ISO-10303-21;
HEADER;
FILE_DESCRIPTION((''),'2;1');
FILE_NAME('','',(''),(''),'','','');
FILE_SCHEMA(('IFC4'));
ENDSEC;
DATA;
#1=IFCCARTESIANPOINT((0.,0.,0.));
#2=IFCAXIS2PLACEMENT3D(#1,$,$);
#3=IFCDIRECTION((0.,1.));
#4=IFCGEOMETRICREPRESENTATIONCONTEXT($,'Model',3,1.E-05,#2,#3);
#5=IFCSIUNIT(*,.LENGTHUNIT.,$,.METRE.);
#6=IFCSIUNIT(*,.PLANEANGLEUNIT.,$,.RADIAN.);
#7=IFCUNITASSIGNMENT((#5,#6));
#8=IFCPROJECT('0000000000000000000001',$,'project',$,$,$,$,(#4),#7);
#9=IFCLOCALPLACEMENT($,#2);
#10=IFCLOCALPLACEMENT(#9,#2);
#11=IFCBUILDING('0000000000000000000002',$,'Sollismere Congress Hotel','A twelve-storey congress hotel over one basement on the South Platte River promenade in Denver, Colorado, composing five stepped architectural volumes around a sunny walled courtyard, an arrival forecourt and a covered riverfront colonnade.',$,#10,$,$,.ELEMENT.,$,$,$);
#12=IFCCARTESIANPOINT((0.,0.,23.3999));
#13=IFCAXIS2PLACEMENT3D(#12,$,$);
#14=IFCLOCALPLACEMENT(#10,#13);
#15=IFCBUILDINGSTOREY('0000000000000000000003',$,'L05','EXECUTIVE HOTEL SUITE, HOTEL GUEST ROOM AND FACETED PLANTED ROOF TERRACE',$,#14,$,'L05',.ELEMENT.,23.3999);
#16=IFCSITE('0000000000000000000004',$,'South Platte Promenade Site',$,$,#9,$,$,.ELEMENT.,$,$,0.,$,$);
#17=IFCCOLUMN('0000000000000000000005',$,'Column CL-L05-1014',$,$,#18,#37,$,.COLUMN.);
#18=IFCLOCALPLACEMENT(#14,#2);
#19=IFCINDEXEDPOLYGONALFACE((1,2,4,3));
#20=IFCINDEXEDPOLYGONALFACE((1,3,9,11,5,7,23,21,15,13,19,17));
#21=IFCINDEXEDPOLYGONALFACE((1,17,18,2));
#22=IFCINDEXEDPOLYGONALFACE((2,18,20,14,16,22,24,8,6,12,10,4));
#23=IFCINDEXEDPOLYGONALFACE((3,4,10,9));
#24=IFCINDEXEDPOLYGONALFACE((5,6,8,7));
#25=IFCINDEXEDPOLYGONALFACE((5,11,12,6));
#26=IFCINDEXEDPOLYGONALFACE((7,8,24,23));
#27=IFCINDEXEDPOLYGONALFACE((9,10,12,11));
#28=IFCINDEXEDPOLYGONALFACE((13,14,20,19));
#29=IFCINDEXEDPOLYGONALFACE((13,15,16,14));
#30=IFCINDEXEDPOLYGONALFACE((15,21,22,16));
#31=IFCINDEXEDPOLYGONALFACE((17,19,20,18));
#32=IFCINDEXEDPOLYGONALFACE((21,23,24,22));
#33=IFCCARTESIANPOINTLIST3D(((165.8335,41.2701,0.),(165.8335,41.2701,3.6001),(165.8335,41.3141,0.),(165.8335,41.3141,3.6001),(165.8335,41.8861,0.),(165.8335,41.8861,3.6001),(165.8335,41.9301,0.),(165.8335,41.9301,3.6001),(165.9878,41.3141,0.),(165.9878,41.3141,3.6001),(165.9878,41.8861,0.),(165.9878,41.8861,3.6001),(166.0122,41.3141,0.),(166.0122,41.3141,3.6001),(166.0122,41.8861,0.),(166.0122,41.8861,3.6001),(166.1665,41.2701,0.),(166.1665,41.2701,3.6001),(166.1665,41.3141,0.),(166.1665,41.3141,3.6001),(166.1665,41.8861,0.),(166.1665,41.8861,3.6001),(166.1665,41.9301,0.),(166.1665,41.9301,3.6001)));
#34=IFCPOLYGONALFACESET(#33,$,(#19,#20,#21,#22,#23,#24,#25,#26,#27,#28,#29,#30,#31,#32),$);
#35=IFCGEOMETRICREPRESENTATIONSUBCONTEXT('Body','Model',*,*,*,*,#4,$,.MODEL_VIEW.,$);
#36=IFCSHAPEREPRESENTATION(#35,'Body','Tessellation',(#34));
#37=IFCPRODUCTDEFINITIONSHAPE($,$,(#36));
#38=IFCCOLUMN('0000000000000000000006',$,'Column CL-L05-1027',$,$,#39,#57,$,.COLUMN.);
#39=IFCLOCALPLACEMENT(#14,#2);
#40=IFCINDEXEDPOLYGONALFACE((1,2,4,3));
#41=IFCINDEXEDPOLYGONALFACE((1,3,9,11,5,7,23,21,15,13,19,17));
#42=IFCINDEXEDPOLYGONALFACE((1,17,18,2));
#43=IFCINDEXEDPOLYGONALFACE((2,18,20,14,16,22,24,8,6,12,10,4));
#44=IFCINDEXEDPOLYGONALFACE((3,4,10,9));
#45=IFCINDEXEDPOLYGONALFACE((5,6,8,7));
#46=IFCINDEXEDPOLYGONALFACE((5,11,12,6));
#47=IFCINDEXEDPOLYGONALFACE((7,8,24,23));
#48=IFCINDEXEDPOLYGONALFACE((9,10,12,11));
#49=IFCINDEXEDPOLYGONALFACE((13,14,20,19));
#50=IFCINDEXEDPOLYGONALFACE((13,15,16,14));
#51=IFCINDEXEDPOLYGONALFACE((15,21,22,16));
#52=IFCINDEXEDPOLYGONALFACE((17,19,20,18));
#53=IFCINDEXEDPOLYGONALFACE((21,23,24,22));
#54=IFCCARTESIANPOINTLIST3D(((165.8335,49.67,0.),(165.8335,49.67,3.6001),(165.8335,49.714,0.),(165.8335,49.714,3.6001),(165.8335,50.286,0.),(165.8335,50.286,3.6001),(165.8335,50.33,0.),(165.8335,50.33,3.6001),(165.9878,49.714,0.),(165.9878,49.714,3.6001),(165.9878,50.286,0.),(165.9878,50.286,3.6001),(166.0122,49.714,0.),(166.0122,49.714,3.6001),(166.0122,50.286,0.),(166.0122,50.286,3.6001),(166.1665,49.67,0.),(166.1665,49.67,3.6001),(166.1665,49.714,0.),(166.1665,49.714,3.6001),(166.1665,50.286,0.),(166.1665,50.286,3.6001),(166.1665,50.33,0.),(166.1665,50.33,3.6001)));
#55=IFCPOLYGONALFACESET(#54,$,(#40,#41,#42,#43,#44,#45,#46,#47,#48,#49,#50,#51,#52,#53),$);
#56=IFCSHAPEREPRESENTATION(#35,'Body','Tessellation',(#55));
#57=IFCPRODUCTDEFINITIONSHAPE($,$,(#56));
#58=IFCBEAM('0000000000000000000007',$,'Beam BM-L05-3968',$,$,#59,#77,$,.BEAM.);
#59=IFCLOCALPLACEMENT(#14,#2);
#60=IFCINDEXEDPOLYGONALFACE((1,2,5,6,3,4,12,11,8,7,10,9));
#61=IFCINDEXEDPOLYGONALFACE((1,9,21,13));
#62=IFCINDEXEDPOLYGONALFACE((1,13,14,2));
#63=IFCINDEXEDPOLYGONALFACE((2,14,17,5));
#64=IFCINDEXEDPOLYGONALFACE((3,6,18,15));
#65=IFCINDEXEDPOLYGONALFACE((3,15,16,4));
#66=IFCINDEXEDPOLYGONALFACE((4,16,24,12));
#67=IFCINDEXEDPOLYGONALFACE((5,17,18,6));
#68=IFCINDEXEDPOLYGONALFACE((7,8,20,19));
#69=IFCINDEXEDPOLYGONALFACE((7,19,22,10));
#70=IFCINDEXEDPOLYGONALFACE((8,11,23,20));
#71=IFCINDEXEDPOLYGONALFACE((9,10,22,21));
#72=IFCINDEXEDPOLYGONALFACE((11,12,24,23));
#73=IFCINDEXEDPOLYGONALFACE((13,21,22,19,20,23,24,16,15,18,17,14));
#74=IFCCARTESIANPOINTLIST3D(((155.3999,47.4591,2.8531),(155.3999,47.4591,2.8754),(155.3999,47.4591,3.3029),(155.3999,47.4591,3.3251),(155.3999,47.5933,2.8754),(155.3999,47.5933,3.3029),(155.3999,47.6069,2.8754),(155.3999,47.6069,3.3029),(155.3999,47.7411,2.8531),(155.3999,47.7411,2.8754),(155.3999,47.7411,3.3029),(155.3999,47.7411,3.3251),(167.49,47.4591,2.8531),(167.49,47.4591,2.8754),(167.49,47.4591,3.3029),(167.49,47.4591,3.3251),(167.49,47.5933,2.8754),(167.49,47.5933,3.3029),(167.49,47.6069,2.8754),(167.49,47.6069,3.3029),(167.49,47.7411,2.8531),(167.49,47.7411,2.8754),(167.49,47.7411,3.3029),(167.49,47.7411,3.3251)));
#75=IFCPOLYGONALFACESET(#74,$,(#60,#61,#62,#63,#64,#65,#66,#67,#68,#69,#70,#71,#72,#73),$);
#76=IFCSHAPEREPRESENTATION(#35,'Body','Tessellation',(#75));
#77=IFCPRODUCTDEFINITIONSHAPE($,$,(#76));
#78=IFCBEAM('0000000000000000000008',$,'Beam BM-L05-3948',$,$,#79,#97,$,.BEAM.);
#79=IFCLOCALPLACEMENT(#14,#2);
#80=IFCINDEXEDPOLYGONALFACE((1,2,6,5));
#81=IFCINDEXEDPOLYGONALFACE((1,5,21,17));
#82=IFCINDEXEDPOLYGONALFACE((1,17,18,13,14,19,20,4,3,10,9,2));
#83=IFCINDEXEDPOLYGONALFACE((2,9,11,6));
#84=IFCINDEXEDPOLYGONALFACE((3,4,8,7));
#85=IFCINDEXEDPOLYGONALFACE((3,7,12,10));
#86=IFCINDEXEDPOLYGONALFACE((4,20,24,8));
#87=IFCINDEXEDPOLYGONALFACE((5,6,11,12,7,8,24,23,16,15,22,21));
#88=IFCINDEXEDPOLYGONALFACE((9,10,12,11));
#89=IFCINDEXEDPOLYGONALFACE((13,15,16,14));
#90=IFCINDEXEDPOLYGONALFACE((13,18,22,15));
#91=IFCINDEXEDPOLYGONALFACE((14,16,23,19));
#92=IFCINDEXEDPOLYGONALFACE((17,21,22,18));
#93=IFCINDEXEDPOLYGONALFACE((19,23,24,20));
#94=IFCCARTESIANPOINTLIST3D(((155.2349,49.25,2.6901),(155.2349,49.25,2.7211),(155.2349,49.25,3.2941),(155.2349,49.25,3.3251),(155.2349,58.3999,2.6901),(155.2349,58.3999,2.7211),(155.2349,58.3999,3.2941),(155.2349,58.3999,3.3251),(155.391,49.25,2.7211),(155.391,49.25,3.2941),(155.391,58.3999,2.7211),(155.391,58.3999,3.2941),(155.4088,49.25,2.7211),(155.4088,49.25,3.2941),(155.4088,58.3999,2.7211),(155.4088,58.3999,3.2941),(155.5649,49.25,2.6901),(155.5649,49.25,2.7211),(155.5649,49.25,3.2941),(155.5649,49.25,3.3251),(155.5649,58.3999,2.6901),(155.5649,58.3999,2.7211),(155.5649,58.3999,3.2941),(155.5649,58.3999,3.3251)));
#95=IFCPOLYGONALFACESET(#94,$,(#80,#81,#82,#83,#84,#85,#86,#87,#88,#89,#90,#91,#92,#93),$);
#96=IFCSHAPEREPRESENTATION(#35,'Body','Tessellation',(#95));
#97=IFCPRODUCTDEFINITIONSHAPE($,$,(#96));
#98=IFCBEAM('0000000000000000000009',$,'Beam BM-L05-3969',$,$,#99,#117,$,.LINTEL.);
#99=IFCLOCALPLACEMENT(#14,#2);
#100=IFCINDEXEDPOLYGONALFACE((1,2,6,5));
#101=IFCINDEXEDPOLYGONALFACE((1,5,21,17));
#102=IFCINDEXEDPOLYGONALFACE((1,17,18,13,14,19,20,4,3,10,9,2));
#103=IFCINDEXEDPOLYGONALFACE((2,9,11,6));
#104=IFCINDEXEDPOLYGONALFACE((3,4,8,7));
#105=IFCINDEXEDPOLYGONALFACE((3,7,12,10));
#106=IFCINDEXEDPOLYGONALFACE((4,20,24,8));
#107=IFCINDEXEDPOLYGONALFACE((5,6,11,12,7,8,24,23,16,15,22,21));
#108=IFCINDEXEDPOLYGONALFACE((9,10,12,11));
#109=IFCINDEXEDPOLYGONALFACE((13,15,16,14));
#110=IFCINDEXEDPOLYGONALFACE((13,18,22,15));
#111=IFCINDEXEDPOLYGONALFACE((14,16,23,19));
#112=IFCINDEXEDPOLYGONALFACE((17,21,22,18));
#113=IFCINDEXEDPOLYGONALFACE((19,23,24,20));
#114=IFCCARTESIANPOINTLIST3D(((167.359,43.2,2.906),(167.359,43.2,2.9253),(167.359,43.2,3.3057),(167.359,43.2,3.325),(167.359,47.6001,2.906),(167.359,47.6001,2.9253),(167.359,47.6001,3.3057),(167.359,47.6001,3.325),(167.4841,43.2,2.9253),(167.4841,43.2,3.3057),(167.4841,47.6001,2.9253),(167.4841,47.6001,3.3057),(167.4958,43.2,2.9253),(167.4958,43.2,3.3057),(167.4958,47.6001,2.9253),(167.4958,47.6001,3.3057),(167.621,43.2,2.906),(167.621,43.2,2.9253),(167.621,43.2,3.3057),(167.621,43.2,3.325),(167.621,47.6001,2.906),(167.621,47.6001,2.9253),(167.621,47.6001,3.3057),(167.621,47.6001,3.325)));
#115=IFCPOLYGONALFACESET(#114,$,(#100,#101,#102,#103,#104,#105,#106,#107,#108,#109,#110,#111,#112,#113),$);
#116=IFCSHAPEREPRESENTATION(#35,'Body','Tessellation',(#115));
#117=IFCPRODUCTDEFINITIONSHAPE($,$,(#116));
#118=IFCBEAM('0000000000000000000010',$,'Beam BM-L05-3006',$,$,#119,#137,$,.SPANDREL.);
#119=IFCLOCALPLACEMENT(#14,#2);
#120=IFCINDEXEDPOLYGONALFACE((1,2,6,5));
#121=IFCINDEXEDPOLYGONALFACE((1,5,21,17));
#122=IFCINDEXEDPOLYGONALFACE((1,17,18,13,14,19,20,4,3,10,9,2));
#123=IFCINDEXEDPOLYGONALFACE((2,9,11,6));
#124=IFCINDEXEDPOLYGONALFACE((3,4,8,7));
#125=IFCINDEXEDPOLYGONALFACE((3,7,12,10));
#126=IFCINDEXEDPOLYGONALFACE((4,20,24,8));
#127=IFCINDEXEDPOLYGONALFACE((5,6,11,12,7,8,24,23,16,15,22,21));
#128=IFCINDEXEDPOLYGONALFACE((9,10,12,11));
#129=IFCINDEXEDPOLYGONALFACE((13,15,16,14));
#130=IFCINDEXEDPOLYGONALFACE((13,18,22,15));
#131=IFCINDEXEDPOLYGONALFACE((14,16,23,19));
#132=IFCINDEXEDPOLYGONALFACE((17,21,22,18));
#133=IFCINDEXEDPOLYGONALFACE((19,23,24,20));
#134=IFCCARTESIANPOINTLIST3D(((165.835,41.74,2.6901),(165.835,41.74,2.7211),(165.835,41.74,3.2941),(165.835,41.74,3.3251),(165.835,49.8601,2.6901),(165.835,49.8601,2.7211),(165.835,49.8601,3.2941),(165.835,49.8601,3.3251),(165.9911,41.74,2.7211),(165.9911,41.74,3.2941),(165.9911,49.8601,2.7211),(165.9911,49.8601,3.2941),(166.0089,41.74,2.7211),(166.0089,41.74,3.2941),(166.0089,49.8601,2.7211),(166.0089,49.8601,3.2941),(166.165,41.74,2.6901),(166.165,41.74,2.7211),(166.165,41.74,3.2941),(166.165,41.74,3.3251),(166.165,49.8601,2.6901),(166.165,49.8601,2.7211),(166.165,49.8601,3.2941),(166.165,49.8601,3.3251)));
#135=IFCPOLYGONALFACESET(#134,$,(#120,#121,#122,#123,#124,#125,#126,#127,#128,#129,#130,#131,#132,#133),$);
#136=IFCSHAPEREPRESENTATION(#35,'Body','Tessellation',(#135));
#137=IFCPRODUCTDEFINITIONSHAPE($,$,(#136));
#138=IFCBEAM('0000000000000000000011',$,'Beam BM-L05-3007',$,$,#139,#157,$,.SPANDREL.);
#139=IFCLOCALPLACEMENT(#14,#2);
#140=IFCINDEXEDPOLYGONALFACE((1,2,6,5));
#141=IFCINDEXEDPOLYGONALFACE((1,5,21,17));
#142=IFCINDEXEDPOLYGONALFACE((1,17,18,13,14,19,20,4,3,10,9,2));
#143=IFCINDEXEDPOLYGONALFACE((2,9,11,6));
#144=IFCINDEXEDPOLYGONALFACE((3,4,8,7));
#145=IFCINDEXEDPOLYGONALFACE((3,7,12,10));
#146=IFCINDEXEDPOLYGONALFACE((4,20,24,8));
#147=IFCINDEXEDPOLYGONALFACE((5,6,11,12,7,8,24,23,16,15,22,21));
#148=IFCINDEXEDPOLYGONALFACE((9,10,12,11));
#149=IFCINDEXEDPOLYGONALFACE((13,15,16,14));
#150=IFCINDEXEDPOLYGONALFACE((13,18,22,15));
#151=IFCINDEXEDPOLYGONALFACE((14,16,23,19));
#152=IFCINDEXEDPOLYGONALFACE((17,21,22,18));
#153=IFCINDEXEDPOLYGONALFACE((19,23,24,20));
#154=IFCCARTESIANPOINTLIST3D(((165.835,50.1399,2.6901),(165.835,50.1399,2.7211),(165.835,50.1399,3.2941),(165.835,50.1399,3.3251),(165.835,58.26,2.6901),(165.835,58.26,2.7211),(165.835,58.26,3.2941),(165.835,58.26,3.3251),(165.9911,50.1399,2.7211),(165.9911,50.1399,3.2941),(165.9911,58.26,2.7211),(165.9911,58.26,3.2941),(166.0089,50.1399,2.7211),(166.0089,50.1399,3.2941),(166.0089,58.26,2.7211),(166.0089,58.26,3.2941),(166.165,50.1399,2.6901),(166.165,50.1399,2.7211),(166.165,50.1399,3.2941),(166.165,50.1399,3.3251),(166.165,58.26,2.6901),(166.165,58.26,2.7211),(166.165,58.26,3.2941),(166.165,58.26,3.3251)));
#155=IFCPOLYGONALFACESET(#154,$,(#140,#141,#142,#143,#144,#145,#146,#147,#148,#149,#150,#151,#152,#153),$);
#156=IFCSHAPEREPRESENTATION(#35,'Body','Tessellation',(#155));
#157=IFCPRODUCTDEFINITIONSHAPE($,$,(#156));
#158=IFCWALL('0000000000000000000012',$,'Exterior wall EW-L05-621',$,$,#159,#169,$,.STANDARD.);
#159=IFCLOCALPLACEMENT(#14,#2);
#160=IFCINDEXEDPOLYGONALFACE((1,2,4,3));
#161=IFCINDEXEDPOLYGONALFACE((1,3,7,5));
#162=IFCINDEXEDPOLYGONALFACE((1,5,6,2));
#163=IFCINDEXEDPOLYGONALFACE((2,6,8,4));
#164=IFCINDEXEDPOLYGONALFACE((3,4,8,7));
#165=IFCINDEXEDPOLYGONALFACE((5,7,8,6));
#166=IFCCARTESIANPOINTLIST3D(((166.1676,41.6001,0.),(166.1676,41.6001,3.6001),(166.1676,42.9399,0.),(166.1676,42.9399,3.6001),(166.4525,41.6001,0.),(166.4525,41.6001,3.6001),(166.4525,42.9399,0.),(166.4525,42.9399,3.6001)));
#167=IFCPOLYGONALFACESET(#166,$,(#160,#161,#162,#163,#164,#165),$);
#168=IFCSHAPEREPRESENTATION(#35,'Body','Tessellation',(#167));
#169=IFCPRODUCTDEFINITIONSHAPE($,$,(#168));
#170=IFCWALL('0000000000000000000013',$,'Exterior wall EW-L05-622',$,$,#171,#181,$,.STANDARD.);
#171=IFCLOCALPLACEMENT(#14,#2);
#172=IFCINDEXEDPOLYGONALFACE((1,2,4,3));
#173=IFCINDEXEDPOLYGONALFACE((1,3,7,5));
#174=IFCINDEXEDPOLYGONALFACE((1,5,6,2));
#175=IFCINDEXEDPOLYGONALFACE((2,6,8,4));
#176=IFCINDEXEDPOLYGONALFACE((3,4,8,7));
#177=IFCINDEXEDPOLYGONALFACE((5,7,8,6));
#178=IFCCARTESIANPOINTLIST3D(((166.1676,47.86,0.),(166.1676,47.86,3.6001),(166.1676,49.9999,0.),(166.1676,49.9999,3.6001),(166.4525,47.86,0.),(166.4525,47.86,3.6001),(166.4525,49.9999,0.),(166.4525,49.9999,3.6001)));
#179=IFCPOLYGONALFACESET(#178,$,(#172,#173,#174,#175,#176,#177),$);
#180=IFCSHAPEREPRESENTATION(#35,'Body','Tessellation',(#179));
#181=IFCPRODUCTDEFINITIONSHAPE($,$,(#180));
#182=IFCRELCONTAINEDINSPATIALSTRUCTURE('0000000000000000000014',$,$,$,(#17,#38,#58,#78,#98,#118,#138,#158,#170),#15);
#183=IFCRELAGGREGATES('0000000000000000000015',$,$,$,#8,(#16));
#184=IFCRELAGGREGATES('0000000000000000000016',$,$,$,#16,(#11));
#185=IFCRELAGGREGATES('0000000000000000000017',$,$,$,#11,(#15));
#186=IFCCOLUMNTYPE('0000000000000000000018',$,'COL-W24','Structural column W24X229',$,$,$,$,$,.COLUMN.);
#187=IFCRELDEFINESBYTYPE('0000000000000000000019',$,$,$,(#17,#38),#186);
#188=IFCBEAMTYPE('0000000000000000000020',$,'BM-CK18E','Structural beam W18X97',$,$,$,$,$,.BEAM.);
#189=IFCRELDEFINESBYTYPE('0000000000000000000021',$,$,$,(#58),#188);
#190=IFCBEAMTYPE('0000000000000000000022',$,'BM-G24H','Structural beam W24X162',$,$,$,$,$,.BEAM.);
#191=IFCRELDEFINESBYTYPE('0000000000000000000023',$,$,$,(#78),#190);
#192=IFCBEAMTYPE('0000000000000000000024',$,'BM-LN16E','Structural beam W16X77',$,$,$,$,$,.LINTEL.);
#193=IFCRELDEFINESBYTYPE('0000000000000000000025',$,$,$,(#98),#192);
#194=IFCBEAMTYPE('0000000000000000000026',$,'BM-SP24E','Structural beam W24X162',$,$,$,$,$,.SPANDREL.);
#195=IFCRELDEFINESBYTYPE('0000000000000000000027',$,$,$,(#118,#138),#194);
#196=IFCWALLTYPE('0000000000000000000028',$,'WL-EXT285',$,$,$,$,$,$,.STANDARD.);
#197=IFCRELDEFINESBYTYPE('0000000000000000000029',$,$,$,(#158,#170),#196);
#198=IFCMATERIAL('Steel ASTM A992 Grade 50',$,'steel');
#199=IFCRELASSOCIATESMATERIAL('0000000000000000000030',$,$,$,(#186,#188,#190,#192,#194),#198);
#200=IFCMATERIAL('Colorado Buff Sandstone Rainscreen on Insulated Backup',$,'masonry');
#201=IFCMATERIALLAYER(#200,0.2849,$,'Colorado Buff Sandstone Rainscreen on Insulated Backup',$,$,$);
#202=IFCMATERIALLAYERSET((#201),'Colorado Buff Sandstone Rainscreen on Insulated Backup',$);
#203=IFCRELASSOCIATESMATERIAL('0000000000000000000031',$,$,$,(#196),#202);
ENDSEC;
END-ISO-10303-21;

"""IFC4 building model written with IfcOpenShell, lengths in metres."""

from ifc_helpers import new_model, si_unit, direction, frame, frame_2d, origin, origin_2d, place, context, subcontext, project, spatial, rectangle, i_section, extrude, material, layer, layer_set, material_profile, profile_set, type_object, element, save


model = new_model("IFC4")

# Units and contexts
model_context = context("Model", 3, precision=1e-05, world=origin(), true_north=direction((0.0, 1.0)))
body_context = subcontext(model_context, "Body", "Model", "MODEL_VIEW")
ifc_project = project(units=[si_unit("LENGTHUNIT", "METRE"), si_unit("PLANEANGLEUNIT", "RADIAN")], contexts=[model_context])

# Site, building, storey
site_placement = place(None, origin())
site = spatial("IfcSite", under=ifc_project, at=site_placement, Name="South Platte Promenade Site", CompositionType="ELEMENT", RefElevation=0.0)
building_placement = place(site_placement, origin())
building = spatial("IfcBuilding", under=site, at=building_placement, Name="Sollismere Congress Hotel", Description="A twelve-storey congress hotel over one basement on the South Platte River promenade in Denver, Colorado, composing five stepped architectural volumes around a sunny walled courtyard, an arrival forecourt and a covered riverfront colonnade.", CompositionType="ELEMENT")
storey_placement = place(building_placement, frame((0.0, 0.0, 23.3999)))
storey = spatial("IfcBuildingStorey", under=building, at=storey_placement, Name="L05", Description="EXECUTIVE HOTEL SUITE, HOTEL GUEST ROOM AND FACETED PLANTED ROOF TERRACE", LongName="L05", CompositionType="ELEMENT", Elevation=23.3999)

# Columns
ifc_material_1 = material(Name="Steel ASTM A992 Grade 50", Category="steel")
ifc_material_profile_1 = material_profile(ifc_material_1, i_section(OverallWidth=0.333, OverallDepth=0.6599, WebThickness=0.0244, FlangeThickness=0.0439, at=origin_2d()), Name="W24X229")
ifc_profile_set_1 = profile_set([ifc_material_profile_1], Name="Steel ASTM A992 Grade 50")
column_type = type_object("IfcColumnType", Name="COL-W24", Description="Structural column W24X229", PredefinedType="COLUMN", material=ifc_profile_set_1)
for number, where, z_axis, x_axis, name in (
    (1, (166.0, 41.6001, 0.0), (0.0, 0.0, 1.0), (1.0, 0.0, 0.0), "Column CL-L05-1014"),
    (2, (166.0, 50.0, 0.0), (0.0, 0.0, 1.0), (1.0, 0.0, 0.0), "Column CL-L05-1027"),
):
    element("IfcColumn", number, at=place(storey_placement, frame(where, z_axis=z_axis, x_axis=x_axis)), inside=storey, type_object=column_type, Name=name, PredefinedType="COLUMN", context=body_context, shape_type="SweptSolid", body=[
        extrude(i_section(OverallWidth=0.333, OverallDepth=0.6599, WebThickness=0.0244, FlangeThickness=0.0439, at=origin_2d()), origin(), (0.0, 0.0, 1.0), 3.6001),
    ])

# Beams
ifc_material_profile_2 = material_profile(ifc_material_1, i_section(OverallWidth=0.282, OverallDepth=0.4719, WebThickness=0.0137, FlangeThickness=0.0222, at=origin_2d()), Name="W18X97")
ifc_profile_set_2 = profile_set([ifc_material_profile_2], Name="Steel ASTM A992 Grade 50")
beam_type_1 = type_object("IfcBeamType", Name="BM-CK18E", Description="Structural beam W18X97", PredefinedType="BEAM", material=ifc_profile_set_2)
beam_1_placement = place(storey_placement, frame((155.3999, 47.6001, 3.0891), z_axis=(1.0, 0.0, 0.0), x_axis=(0.0, 1.0, 0.0)))
element("IfcBeam", 3, at=beam_1_placement, inside=storey, type_object=beam_type_1, Name="Beam BM-L05-3968", PredefinedType="BEAM", context=body_context, shape_type="SweptSolid", body=[
    extrude(i_section(OverallWidth=0.282, OverallDepth=0.4719, WebThickness=0.0137, FlangeThickness=0.0222, at=origin_2d()), origin(), (0.0, 0.0, 1.0), 12.0901),
])
ifc_material_profile_3 = material_profile(ifc_material_1, i_section(OverallWidth=0.3301, OverallDepth=0.635, WebThickness=0.0178, FlangeThickness=0.031, at=origin_2d()), Name="W24X162")
ifc_profile_set_3 = profile_set([ifc_material_profile_3], Name="Steel ASTM A992 Grade 50")
beam_type_2 = type_object("IfcBeamType", Name="BM-G24H", Description="Structural beam W24X162", PredefinedType="BEAM", material=ifc_profile_set_3)
beam_2_placement = place(storey_placement, frame((155.3999, 49.25, 3.0076), z_axis=(0.0, 1.0, 0.0), x_axis=(-1.0, 0.0, 0.0)))
element("IfcBeam", 4, at=beam_2_placement, inside=storey, type_object=beam_type_2, Name="Beam BM-L05-3948", PredefinedType="BEAM", context=body_context, shape_type="SweptSolid", body=[
    extrude(i_section(OverallWidth=0.3301, OverallDepth=0.635, WebThickness=0.0178, FlangeThickness=0.031, at=origin_2d()), origin(), (0.0, 0.0, 1.0), 9.1499),
])
ifc_material_profile_4 = material_profile(ifc_material_1, i_section(OverallWidth=0.262, OverallDepth=0.4189, WebThickness=0.0117, FlangeThickness=0.0193, at=origin_2d()), Name="W16X77")
ifc_profile_set_4 = profile_set([ifc_material_profile_4], Name="Steel ASTM A992 Grade 50")
beam_type_3 = type_object("IfcBeamType", Name="BM-LN16E", Description="Structural beam W16X77", PredefinedType="LINTEL", material=ifc_profile_set_4)
beam_3_placement = place(storey_placement, frame((167.49, 43.2, 3.1155), z_axis=(0.0, 1.0, 0.0), x_axis=(-1.0, 0.0, 0.0)))
element("IfcBeam", 5, at=beam_3_placement, inside=storey, type_object=beam_type_3, Name="Beam BM-L05-3969", PredefinedType="LINTEL", context=body_context, shape_type="SweptSolid", body=[
    extrude(i_section(OverallWidth=0.262, OverallDepth=0.4189, WebThickness=0.0117, FlangeThickness=0.0193, at=origin_2d()), origin(), (0.0, 0.0, 1.0), 4.4001),
])
ifc_material_profile_5 = material_profile(ifc_material_1, i_section(OverallWidth=0.3301, OverallDepth=0.635, WebThickness=0.0178, FlangeThickness=0.031, at=origin_2d()), Name="W24X162")
ifc_profile_set_5 = profile_set([ifc_material_profile_5], Name="Steel ASTM A992 Grade 50")
beam_type_4 = type_object("IfcBeamType", Name="BM-SP24E", Description="Structural beam W24X162", PredefinedType="SPANDREL", material=ifc_profile_set_5)
for number, where, z_axis, x_axis, name in (
    (6, (166.0, 41.74, 3.0076), (0.0, 1.0, 0.0), (-1.0, 0.0, 0.0), "Beam BM-L05-3006"),
    (7, (166.0, 50.1399, 3.0076), (0.0, 1.0, 0.0), (-1.0, 0.0, 0.0), "Beam BM-L05-3007"),
):
    element("IfcBeam", number, at=place(storey_placement, frame(where, z_axis=z_axis, x_axis=x_axis)), inside=storey, type_object=beam_type_4, Name=name, PredefinedType="SPANDREL", context=body_context, shape_type="SweptSolid", body=[
        extrude(i_section(OverallWidth=0.3301, OverallDepth=0.635, WebThickness=0.0178, FlangeThickness=0.031, at=origin_2d()), origin(), (0.0, 0.0, 1.0), 8.1201),
    ])

# Walls
ifc_material_2 = material(Name="Colorado Buff Sandstone Rainscreen on Insulated Backup", Category="masonry")
ifc_layer_1 = layer(ifc_material_2, 0.2849, Name="Colorado Buff Sandstone Rainscreen on Insulated Backup")
ifc_layer_set_1 = layer_set([ifc_layer_1], Name="Colorado Buff Sandstone Rainscreen on Insulated Backup")
wall_type_1 = type_object("IfcWallType", Name="WL-EXT285", PredefinedType="STANDARD", material=ifc_layer_set_1)
wall_1_placement = place(storey_placement, frame((166.3101, 41.6001, 0.0), z_axis=(0.0, 0.0, 1.0), x_axis=(0.0, 1.0, 0.0)))
element("IfcWall", 8, at=wall_1_placement, inside=storey, type_object=wall_type_1, Name="Exterior wall EW-L05-621", PredefinedType="STANDARD", context=body_context, shape_type="SweptSolid", body=[
    extrude(rectangle(XDim=1.3398, YDim=0.2849, at=frame_2d((0.6699, 0.0))), origin(), (0.0, 0.0, 1.0), 3.6001),
])
wall_2_placement = place(storey_placement, frame((166.3101, 47.8601, 0.0), z_axis=(0.0, 0.0, 1.0), x_axis=(0.0, 1.0, 0.0)))
element("IfcWall", 9, at=wall_2_placement, inside=storey, type_object=wall_type_1, Name="Exterior wall EW-L05-622", PredefinedType="STANDARD", context=body_context, shape_type="SweptSolid", body=[
    extrude(rectangle(XDim=2.1399, YDim=0.2849, at=frame_2d((1.0698, 0.0))), origin(), (0.0, 0.0, 1.0), 3.6001),
])

save(model, "model.ifc")
